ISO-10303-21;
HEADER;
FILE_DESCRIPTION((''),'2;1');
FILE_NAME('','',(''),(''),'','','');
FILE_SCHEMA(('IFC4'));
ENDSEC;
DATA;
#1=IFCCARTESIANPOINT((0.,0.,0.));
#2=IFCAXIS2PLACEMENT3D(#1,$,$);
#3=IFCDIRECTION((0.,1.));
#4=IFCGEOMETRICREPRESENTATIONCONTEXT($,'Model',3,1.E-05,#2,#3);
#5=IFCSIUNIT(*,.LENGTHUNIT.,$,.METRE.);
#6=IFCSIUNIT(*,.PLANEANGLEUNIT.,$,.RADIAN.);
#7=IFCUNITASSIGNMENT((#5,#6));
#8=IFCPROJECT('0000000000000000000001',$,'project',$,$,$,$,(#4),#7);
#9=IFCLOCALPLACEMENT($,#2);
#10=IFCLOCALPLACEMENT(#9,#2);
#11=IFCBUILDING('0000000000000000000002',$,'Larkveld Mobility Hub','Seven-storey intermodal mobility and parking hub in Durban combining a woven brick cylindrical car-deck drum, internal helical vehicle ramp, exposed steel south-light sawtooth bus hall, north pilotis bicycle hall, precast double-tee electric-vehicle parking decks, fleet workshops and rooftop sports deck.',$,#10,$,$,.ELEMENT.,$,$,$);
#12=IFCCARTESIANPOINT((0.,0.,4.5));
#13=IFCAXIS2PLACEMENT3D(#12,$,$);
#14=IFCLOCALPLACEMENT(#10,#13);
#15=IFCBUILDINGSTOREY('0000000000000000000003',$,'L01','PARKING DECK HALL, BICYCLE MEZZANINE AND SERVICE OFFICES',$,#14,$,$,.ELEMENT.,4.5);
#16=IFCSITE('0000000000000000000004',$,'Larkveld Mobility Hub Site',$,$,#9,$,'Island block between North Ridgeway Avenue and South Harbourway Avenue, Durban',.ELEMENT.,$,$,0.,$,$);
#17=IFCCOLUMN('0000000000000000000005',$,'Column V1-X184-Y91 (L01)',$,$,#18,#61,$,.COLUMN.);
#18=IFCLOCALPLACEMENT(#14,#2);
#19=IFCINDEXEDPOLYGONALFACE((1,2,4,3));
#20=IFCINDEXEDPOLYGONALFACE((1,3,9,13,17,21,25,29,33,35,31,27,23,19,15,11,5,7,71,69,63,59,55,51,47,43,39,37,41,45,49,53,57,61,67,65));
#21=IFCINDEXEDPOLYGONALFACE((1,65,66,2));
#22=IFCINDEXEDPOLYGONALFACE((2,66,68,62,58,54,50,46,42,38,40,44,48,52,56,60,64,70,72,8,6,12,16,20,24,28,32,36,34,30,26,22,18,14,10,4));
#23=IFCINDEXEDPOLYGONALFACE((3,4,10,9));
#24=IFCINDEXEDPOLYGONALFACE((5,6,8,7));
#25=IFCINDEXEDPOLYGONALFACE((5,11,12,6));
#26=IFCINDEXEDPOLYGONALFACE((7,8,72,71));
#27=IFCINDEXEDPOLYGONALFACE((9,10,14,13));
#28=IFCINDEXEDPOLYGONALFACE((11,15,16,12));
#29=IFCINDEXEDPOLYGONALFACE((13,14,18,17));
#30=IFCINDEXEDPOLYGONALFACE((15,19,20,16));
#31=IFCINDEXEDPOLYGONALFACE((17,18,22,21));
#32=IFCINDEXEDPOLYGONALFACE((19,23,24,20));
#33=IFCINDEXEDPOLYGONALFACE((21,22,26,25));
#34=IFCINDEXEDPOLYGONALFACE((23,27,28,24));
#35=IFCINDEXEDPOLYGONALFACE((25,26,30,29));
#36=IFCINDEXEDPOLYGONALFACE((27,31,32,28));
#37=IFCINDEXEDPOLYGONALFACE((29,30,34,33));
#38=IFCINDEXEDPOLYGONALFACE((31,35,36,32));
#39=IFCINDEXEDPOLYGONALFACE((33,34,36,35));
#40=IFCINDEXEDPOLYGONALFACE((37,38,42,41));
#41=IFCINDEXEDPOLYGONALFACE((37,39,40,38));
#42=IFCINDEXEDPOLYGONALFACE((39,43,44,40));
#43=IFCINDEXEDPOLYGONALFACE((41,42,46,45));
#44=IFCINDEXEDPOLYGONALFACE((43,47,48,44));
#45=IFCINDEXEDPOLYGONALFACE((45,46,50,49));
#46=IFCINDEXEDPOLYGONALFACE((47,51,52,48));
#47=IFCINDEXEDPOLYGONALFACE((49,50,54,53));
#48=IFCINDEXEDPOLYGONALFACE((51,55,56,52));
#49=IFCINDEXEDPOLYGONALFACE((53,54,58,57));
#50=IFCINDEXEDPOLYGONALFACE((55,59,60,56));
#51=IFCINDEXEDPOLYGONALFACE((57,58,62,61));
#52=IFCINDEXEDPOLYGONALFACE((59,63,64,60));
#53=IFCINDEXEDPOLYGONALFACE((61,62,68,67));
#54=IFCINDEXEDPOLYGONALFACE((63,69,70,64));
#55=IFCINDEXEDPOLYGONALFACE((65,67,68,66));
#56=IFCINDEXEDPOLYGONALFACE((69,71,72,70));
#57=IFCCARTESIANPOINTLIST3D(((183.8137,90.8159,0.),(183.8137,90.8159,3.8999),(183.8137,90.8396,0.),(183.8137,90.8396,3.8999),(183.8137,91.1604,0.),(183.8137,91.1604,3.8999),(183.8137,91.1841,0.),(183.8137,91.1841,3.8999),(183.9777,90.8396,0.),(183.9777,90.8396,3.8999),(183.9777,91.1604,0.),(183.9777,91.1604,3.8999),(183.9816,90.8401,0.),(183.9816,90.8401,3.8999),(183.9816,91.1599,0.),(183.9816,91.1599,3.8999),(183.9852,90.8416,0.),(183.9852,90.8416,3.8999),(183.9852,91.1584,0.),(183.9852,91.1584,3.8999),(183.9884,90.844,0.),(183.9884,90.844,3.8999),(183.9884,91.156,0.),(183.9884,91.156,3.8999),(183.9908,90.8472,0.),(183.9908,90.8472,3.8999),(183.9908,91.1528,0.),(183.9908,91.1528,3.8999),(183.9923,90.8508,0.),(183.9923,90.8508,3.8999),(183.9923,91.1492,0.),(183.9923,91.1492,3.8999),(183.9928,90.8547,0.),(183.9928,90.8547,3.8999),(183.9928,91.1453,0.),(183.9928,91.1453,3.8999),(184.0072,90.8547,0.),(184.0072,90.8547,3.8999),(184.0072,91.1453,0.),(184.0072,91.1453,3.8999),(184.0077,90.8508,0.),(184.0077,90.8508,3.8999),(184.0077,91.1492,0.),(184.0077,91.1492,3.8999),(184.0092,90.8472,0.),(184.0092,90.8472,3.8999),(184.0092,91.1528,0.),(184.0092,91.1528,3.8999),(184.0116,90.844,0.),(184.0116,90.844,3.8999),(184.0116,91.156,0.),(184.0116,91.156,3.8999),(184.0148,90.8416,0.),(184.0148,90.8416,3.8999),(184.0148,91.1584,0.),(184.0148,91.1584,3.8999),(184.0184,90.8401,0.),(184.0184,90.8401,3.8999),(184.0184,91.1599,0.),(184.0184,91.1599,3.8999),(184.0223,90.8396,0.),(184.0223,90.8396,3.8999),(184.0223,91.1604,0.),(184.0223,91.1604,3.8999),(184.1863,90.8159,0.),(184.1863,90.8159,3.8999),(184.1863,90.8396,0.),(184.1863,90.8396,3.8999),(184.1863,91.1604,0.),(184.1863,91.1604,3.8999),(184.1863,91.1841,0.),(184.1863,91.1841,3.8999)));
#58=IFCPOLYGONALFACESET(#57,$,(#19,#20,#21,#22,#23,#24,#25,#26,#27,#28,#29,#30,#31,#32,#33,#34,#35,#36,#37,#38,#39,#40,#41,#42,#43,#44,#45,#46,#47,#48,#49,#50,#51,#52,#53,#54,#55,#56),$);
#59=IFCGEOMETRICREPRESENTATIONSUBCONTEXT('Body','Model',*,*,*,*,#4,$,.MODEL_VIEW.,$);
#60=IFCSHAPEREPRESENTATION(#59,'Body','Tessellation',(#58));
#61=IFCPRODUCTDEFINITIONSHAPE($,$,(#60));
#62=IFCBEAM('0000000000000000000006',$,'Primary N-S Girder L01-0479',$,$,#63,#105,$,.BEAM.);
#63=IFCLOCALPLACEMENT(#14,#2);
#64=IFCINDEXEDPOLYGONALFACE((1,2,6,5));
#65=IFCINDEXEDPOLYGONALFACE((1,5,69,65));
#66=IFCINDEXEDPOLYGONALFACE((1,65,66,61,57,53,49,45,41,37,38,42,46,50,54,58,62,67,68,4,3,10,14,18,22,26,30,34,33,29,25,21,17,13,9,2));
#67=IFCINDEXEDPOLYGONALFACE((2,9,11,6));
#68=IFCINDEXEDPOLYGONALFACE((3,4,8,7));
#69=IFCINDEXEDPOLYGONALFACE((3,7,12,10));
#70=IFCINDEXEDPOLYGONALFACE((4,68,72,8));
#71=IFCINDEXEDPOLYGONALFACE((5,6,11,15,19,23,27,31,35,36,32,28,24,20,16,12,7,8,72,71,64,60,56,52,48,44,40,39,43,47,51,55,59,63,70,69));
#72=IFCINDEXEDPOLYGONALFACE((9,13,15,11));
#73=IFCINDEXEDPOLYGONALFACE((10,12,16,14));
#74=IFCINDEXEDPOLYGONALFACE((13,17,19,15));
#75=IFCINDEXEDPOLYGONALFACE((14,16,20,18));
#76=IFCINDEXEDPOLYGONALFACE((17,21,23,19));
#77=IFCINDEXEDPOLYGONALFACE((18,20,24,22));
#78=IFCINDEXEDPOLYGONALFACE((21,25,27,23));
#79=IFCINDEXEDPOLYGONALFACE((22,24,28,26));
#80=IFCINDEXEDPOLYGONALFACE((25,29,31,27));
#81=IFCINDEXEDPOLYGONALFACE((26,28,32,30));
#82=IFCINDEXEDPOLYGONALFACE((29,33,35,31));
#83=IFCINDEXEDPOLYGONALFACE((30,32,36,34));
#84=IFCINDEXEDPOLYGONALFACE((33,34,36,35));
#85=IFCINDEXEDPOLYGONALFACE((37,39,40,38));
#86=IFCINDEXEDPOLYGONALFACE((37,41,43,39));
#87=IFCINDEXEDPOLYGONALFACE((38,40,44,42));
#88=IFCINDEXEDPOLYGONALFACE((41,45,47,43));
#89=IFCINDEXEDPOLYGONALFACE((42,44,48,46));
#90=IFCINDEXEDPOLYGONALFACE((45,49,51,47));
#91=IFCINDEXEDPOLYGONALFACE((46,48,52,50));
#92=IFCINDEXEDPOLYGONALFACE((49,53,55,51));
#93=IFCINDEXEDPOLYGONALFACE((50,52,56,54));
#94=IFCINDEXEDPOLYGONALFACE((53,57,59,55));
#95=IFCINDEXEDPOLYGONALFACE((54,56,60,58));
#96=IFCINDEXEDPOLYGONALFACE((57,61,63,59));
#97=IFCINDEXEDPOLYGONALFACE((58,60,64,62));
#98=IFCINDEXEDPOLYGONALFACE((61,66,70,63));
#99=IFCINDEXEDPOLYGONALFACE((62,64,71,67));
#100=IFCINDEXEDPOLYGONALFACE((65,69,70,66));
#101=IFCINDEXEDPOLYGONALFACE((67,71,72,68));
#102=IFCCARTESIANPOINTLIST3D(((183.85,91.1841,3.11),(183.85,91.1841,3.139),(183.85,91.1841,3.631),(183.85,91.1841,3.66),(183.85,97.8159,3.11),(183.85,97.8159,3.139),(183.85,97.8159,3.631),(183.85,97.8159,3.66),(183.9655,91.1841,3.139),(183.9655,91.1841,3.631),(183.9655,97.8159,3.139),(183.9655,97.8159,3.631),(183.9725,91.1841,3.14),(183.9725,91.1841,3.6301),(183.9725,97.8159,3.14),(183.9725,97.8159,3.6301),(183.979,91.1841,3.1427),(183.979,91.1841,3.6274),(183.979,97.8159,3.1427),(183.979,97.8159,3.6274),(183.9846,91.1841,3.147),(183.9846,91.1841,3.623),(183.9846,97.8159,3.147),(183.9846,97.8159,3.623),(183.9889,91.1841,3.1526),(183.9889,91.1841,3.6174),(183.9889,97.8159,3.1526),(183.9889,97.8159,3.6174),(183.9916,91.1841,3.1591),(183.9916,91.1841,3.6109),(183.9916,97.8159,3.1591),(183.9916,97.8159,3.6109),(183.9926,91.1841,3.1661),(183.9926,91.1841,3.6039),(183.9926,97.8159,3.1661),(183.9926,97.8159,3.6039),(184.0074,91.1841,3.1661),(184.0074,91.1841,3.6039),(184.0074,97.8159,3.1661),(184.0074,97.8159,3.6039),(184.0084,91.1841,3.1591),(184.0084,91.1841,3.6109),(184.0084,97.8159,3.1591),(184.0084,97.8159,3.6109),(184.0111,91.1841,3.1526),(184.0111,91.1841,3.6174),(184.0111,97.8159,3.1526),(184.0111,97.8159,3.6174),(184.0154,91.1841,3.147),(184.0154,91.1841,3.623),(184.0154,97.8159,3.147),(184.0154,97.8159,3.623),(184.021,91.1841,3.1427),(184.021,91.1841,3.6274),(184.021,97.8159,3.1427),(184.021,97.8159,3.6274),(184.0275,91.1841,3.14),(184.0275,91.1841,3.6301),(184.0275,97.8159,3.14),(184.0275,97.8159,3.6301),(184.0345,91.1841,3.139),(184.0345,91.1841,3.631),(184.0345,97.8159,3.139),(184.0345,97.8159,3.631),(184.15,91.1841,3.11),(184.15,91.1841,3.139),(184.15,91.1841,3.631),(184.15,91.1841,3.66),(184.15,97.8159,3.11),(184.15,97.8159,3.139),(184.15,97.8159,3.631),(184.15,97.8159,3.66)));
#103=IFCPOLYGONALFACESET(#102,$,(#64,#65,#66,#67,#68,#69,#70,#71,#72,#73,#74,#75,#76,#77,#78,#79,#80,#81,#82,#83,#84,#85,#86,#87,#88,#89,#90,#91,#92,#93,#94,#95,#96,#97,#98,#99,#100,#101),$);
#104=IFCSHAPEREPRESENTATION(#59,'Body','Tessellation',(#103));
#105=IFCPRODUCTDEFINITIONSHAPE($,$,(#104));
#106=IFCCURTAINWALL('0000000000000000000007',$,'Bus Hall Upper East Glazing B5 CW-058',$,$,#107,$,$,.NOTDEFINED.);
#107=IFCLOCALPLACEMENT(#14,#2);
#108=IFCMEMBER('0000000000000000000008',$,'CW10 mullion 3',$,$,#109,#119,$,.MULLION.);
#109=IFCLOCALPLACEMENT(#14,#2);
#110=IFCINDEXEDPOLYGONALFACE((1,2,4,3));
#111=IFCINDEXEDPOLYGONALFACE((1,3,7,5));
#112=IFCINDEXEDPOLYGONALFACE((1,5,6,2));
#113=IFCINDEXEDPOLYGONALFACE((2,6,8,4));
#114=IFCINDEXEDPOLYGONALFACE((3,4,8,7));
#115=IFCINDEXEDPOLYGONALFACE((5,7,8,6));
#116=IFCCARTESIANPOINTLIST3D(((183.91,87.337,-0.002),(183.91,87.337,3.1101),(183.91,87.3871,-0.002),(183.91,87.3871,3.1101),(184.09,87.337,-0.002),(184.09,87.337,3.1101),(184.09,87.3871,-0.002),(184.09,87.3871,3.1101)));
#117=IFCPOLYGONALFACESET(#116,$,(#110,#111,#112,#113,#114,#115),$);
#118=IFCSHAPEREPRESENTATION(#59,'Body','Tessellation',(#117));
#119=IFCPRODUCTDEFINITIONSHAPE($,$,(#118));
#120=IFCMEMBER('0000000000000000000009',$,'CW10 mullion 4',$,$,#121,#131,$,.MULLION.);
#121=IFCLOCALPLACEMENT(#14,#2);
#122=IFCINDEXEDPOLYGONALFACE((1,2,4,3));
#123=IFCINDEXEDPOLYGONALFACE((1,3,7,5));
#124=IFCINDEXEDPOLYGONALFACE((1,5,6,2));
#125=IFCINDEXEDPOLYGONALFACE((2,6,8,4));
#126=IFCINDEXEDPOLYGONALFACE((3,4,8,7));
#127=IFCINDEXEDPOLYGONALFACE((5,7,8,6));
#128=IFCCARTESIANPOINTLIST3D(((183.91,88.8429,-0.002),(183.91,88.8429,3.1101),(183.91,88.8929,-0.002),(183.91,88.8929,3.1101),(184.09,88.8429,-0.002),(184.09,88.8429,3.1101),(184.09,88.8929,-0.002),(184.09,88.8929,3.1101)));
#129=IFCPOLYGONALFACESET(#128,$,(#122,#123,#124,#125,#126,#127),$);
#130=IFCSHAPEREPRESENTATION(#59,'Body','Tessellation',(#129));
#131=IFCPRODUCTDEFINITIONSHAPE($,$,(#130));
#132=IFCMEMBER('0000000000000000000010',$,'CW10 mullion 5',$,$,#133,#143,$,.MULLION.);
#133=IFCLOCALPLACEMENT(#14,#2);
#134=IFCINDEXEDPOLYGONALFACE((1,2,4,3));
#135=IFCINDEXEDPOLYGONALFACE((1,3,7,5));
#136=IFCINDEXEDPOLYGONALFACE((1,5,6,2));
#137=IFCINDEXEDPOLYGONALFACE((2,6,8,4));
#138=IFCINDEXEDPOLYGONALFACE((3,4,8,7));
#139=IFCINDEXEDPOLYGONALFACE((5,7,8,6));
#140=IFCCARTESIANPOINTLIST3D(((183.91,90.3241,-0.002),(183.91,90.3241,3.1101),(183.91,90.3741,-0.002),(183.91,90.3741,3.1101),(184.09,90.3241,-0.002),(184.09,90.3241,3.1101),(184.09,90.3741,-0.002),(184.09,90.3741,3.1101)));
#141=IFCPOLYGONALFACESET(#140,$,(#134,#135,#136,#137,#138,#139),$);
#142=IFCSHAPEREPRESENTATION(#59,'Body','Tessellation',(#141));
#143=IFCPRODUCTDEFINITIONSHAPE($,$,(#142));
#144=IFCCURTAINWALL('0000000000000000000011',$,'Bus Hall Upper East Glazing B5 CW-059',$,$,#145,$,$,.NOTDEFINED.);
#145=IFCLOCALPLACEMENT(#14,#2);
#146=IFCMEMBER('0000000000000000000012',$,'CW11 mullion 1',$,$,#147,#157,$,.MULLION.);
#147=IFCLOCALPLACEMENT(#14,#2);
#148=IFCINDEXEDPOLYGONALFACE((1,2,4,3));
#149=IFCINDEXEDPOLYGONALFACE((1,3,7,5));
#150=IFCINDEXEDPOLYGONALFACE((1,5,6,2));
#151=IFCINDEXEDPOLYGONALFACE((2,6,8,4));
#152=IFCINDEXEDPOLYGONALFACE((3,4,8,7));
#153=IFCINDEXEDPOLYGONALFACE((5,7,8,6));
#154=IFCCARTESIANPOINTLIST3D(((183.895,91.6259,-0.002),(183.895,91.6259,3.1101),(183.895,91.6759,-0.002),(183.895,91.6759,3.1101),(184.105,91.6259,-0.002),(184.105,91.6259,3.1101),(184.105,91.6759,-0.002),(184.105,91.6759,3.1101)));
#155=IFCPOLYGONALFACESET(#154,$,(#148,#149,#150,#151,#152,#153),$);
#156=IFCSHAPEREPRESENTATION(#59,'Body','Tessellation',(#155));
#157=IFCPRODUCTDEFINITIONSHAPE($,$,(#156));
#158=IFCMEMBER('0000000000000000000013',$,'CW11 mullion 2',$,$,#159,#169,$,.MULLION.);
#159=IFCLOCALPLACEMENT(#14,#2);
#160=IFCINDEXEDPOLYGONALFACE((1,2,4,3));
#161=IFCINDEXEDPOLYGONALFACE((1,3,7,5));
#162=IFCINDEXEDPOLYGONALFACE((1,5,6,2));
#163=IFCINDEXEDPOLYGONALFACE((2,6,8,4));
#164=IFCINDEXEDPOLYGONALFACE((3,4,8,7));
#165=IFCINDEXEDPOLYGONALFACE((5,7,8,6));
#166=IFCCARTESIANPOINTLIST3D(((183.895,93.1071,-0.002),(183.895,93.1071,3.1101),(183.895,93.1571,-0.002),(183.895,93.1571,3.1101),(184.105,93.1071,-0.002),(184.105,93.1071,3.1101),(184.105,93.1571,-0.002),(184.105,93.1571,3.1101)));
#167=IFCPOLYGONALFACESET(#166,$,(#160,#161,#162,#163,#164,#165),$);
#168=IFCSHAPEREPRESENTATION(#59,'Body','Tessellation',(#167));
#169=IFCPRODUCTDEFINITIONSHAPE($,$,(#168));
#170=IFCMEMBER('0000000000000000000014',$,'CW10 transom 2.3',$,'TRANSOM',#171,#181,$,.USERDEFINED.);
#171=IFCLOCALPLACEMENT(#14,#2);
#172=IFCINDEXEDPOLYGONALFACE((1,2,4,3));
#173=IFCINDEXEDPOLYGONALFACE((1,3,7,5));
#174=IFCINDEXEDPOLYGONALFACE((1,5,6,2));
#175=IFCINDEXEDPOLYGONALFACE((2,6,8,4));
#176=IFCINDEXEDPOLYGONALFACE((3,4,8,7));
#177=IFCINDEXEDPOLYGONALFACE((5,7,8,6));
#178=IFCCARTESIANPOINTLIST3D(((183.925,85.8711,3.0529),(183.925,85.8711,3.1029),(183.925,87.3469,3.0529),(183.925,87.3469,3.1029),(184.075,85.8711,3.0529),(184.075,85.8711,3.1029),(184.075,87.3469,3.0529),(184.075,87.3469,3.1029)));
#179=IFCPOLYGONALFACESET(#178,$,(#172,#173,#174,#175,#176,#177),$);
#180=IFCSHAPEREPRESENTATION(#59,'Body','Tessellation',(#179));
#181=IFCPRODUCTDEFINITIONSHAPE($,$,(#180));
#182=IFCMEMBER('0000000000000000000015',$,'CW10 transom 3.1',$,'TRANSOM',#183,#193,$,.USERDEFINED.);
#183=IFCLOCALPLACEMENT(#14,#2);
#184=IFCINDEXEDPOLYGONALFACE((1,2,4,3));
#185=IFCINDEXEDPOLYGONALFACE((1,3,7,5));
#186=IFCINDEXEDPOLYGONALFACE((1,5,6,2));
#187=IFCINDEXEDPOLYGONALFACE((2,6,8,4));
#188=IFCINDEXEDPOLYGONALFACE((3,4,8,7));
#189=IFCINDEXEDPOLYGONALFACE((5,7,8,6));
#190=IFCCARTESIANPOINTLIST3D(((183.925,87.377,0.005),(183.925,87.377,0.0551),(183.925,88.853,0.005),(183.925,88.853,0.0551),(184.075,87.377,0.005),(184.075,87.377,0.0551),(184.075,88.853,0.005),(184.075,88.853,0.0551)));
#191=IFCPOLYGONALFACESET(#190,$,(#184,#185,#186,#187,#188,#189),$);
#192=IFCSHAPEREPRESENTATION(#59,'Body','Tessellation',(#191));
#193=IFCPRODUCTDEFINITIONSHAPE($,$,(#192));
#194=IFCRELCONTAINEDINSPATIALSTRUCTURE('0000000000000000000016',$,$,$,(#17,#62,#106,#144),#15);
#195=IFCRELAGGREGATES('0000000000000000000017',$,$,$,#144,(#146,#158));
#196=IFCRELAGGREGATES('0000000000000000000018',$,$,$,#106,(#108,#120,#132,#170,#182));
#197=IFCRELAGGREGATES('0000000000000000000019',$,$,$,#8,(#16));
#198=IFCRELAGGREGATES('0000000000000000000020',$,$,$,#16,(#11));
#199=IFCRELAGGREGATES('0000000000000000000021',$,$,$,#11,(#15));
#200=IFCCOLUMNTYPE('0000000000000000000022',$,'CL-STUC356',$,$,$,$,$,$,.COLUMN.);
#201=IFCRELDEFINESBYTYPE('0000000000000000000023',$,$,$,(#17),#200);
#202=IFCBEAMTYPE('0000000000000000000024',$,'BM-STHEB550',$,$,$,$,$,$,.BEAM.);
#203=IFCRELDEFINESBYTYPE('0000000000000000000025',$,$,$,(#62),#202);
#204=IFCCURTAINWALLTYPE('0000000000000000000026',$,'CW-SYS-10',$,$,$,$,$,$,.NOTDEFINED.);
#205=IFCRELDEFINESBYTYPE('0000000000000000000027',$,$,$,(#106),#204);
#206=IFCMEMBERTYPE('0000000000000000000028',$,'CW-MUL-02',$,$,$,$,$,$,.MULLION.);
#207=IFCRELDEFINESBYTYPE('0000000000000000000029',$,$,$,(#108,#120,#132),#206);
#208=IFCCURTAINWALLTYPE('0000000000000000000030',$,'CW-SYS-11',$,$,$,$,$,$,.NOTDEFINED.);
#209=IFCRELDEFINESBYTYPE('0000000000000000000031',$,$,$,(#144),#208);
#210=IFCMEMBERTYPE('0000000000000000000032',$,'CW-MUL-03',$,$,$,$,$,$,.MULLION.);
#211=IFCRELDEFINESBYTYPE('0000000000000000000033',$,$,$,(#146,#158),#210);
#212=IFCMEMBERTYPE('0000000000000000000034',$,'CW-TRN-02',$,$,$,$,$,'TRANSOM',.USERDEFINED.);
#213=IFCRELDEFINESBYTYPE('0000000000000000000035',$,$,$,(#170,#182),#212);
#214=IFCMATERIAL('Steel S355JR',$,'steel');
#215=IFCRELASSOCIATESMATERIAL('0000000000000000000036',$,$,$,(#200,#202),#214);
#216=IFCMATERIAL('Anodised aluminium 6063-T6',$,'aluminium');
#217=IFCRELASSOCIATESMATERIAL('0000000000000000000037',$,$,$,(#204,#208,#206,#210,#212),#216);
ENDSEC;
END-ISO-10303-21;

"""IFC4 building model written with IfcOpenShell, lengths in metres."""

from ifc_helpers import new_model, si_unit, direction, frame, origin, origin_2d, place, context, subcontext, project, spatial, rectangle, i_section, extrude, material, material_profile, profile_set, type_object, element, aggregate, save


model = new_model("IFC4")

# Units and contexts
model_context = context("Model", 3, precision=1e-05, world=origin(), true_north=direction((0.0, 1.0)))
body_context = subcontext(model_context, "Body", "Model", "MODEL_VIEW")
ifc_project = project(units=[si_unit("LENGTHUNIT", "METRE"), si_unit("PLANEANGLEUNIT", "RADIAN")], contexts=[model_context])

# Site, building, storey
site_placement = place(None, origin())
site = spatial("IfcSite", under=ifc_project, at=site_placement, Name="Larkveld Mobility Hub Site", LongName="Island block between North Ridgeway Avenue and South Harbourway Avenue, Durban", CompositionType="ELEMENT", RefElevation=0.0)
building_placement = place(site_placement, origin())
building = spatial("IfcBuilding", under=site, at=building_placement, Name="Larkveld Mobility Hub", Description="Seven-storey intermodal mobility and parking hub in Durban combining a woven brick cylindrical car-deck drum, internal helical vehicle ramp, exposed steel south-light sawtooth bus hall, north pilotis bicycle hall, precast double-tee electric-vehicle parking decks, fleet workshops and rooftop sports deck.", CompositionType="ELEMENT")
storey_placement = place(building_placement, frame((0.0, 0.0, 4.5)))
storey = spatial("IfcBuildingStorey", under=building, at=storey_placement, Name="L01", Description="PARKING DECK HALL, BICYCLE MEZZANINE AND SERVICE OFFICES", CompositionType="ELEMENT", Elevation=4.5)

# Column
ifc_material_1 = material(Name="Steel S355JR", Category="steel")
ifc_material_profile_1 = material_profile(ifc_material_1, i_section(OverallWidth=0.3726, OverallDepth=0.3682, WebThickness=0.0144, FlangeThickness=0.0237, FilletRadius=0.0151, at=origin_2d()), Name="UC 356x368x177")
ifc_profile_set_1 = profile_set([ifc_material_profile_1], Name="Steel S355JR")
column_type = type_object("IfcColumnType", Name="CL-STUC356", PredefinedType="COLUMN", material=ifc_profile_set_1)
column_placement = place(storey_placement, frame((184.0, 91.0, 0.0), z_axis=(0.0, 0.0, 1.0), x_axis=(1.0, 0.0, 0.0)))
element("IfcColumn", 1, at=column_placement, inside=storey, type_object=column_type, Name="Column V1-X184-Y91 (L01)", PredefinedType="COLUMN", context=body_context, shape_type="SweptSolid", body=[
    extrude(i_section(OverallWidth=0.3726, OverallDepth=0.3682, WebThickness=0.0144, FlangeThickness=0.0237, FilletRadius=0.0151, at=origin_2d()), origin(), (0.0, 0.0, 1.0), 3.8999),
])

# Beam
ifc_material_profile_2 = material_profile(ifc_material_1, i_section(OverallWidth=0.3, OverallDepth=0.55, WebThickness=0.0149, FlangeThickness=0.0291, FilletRadius=0.0271, at=origin_2d()), Name="HEB 550")
ifc_profile_set_2 = profile_set([ifc_material_profile_2], Name="Steel S355JR")
beam_type = type_object("IfcBeamType", Name="BM-STHEB550", PredefinedType="BEAM", material=ifc_profile_set_2)
beam_placement = place(storey_placement, frame((184.0, 91.1841, 3.385), z_axis=(0.0, 1.0, 0.0), x_axis=(-1.0, 0.0, 0.0)))
element("IfcBeam", 2, at=beam_placement, inside=storey, type_object=beam_type, Name="Primary N-S Girder L01-0479", PredefinedType="BEAM", context=body_context, shape_type="SweptSolid", body=[
    extrude(i_section(OverallWidth=0.3, OverallDepth=0.55, WebThickness=0.0149, FlangeThickness=0.0291, FilletRadius=0.0271, at=origin_2d()), origin(), (0.0, 0.0, 1.0), 6.6318),
])

# Curtain walls, members
ifc_material_2 = material(Name="Anodised aluminium 6063-T6", Category="aluminium")
curtain_wall_type_1 = type_object("IfcCurtainWallType", Name="CW-SYS-10", PredefinedType="NOTDEFINED", material=ifc_material_2)
curtain_wall_1_placement = place(storey_placement, origin())
curtain_wall_1 = element("IfcCurtainWall", 3, at=curtain_wall_1_placement, inside=storey, type_object=curtain_wall_type_1, Name="Bus Hall Upper East Glazing B5 CW-058", PredefinedType="NOTDEFINED")
ifc_material_profile_3 = material_profile(ifc_material_2, rectangle(XDim=0.05, YDim=0.1799, at=origin_2d()), Name="ALU MULL 50x180")
ifc_profile_set_3 = profile_set([ifc_material_profile_3], Name="Anodised aluminium 6063-T6")
member_type_1 = type_object("IfcMemberType", Name="CW-MUL-02", PredefinedType="MULLION", material=ifc_profile_set_3)
member_1_placement = place(storey_placement, frame((184.0, 87.3621, -0.002), z_axis=(0.0, 0.0, 1.0), x_axis=(0.0, 1.0, 0.0)))
member_1 = element("IfcMember", 4, at=member_1_placement, type_object=member_type_1, Name="CW10 mullion 3", PredefinedType="MULLION", context=body_context, shape_type="SweptSolid", body=[
    extrude(rectangle(XDim=0.05, YDim=0.1799, at=origin_2d()), origin(), (0.0, 0.0, 1.0), 3.1121),
])
member_2_placement = place(storey_placement, frame((184.0, 88.8679, -0.002), z_axis=(0.0, 0.0, 1.0), x_axis=(0.0, 1.0, 0.0)))
member_2 = element("IfcMember", 5, at=member_2_placement, type_object=member_type_1, Name="CW10 mullion 4", PredefinedType="MULLION", context=body_context, shape_type="SweptSolid", body=[
    extrude(rectangle(XDim=0.05, YDim=0.1799, at=origin_2d()), origin(), (0.0, 0.0, 1.0), 3.1121),
])
member_3_placement = place(storey_placement, frame((184.0, 90.3491, -0.002), z_axis=(0.0, 0.0, 1.0), x_axis=(0.0, 1.0, 0.0)))
member_3 = element("IfcMember", 6, at=member_3_placement, type_object=member_type_1, Name="CW10 mullion 5", PredefinedType="MULLION", context=body_context, shape_type="SweptSolid", body=[
    extrude(rectangle(XDim=0.05, YDim=0.1799, at=origin_2d()), origin(), (0.0, 0.0, 1.0), 3.1121),
])
curtain_wall_type_2 = type_object("IfcCurtainWallType", Name="CW-SYS-11", PredefinedType="NOTDEFINED", material=ifc_material_2)
curtain_wall_2_placement = place(storey_placement, origin())
curtain_wall_2 = element("IfcCurtainWall", 7, at=curtain_wall_2_placement, inside=storey, type_object=curtain_wall_type_2, Name="Bus Hall Upper East Glazing B5 CW-059", PredefinedType="NOTDEFINED")
ifc_material_profile_4 = material_profile(ifc_material_2, rectangle(XDim=0.05, YDim=0.21, at=origin_2d()), Name="ALU MULL 50x210")
ifc_profile_set_4 = profile_set([ifc_material_profile_4], Name="Anodised aluminium 6063-T6")
member_type_2 = type_object("IfcMemberType", Name="CW-MUL-03", PredefinedType="MULLION", material=ifc_profile_set_4)
member_4_placement = place(storey_placement, frame((184.0, 91.6509, -0.002), z_axis=(0.0, 0.0, 1.0), x_axis=(0.0, 1.0, 0.0)))
member_4 = element("IfcMember", 8, at=member_4_placement, type_object=member_type_2, Name="CW11 mullion 1", PredefinedType="MULLION", context=body_context, shape_type="SweptSolid", body=[
    extrude(rectangle(XDim=0.05, YDim=0.21, at=origin_2d()), origin(), (0.0, 0.0, 1.0), 3.1121),
])
member_5_placement = place(storey_placement, frame((184.0, 93.1321, -0.002), z_axis=(0.0, 0.0, 1.0), x_axis=(0.0, 1.0, 0.0)))
member_5 = element("IfcMember", 9, at=member_5_placement, type_object=member_type_2, Name="CW11 mullion 2", PredefinedType="MULLION", context=body_context, shape_type="SweptSolid", body=[
    extrude(rectangle(XDim=0.05, YDim=0.21, at=origin_2d()), origin(), (0.0, 0.0, 1.0), 3.1121),
])

# Members
ifc_material_profile_5 = material_profile(ifc_material_2, rectangle(XDim=0.1499, YDim=0.05, at=origin_2d()), Name="ALU TRAN 50x150")
ifc_profile_set_5 = profile_set([ifc_material_profile_5], Name="Anodised aluminium 6063-T6")
member_type_3 = type_object("IfcMemberType", Name="CW-TRN-02", ElementType="TRANSOM", PredefinedType="USERDEFINED", material=ifc_profile_set_5)
member_6_placement = place(storey_placement, frame((184.0, 85.8711, 3.0779), z_axis=(0.0, 1.0, 0.0), x_axis=(-1.0, 0.0, 0.0)))
member_6 = element("IfcMember", 10, at=member_6_placement, type_object=member_type_3, Name="CW10 transom 2.3", ObjectType="TRANSOM", PredefinedType="USERDEFINED", context=body_context, shape_type="SweptSolid", body=[
    extrude(rectangle(XDim=0.1499, YDim=0.05, at=origin_2d()), origin(), (0.0, 0.0, 1.0), 1.4758),
])
member_7_placement = place(storey_placement, frame((184.0, 87.377, 0.03), z_axis=(0.0, 1.0, 0.0), x_axis=(-1.0, 0.0, 0.0)))
member_7 = element("IfcMember", 11, at=member_7_placement, type_object=member_type_3, Name="CW10 transom 3.1", ObjectType="TRANSOM", PredefinedType="USERDEFINED", context=body_context, shape_type="SweptSolid", body=[
    extrude(rectangle(XDim=0.1499, YDim=0.05, at=origin_2d()), origin(), (0.0, 0.0, 1.0), 1.4761),
])

aggregate(curtain_wall_2, [member_4, member_5])
aggregate(curtain_wall_1, [member_1, member_2, member_3, member_6, member_7])

save(model, "model.ifc")
